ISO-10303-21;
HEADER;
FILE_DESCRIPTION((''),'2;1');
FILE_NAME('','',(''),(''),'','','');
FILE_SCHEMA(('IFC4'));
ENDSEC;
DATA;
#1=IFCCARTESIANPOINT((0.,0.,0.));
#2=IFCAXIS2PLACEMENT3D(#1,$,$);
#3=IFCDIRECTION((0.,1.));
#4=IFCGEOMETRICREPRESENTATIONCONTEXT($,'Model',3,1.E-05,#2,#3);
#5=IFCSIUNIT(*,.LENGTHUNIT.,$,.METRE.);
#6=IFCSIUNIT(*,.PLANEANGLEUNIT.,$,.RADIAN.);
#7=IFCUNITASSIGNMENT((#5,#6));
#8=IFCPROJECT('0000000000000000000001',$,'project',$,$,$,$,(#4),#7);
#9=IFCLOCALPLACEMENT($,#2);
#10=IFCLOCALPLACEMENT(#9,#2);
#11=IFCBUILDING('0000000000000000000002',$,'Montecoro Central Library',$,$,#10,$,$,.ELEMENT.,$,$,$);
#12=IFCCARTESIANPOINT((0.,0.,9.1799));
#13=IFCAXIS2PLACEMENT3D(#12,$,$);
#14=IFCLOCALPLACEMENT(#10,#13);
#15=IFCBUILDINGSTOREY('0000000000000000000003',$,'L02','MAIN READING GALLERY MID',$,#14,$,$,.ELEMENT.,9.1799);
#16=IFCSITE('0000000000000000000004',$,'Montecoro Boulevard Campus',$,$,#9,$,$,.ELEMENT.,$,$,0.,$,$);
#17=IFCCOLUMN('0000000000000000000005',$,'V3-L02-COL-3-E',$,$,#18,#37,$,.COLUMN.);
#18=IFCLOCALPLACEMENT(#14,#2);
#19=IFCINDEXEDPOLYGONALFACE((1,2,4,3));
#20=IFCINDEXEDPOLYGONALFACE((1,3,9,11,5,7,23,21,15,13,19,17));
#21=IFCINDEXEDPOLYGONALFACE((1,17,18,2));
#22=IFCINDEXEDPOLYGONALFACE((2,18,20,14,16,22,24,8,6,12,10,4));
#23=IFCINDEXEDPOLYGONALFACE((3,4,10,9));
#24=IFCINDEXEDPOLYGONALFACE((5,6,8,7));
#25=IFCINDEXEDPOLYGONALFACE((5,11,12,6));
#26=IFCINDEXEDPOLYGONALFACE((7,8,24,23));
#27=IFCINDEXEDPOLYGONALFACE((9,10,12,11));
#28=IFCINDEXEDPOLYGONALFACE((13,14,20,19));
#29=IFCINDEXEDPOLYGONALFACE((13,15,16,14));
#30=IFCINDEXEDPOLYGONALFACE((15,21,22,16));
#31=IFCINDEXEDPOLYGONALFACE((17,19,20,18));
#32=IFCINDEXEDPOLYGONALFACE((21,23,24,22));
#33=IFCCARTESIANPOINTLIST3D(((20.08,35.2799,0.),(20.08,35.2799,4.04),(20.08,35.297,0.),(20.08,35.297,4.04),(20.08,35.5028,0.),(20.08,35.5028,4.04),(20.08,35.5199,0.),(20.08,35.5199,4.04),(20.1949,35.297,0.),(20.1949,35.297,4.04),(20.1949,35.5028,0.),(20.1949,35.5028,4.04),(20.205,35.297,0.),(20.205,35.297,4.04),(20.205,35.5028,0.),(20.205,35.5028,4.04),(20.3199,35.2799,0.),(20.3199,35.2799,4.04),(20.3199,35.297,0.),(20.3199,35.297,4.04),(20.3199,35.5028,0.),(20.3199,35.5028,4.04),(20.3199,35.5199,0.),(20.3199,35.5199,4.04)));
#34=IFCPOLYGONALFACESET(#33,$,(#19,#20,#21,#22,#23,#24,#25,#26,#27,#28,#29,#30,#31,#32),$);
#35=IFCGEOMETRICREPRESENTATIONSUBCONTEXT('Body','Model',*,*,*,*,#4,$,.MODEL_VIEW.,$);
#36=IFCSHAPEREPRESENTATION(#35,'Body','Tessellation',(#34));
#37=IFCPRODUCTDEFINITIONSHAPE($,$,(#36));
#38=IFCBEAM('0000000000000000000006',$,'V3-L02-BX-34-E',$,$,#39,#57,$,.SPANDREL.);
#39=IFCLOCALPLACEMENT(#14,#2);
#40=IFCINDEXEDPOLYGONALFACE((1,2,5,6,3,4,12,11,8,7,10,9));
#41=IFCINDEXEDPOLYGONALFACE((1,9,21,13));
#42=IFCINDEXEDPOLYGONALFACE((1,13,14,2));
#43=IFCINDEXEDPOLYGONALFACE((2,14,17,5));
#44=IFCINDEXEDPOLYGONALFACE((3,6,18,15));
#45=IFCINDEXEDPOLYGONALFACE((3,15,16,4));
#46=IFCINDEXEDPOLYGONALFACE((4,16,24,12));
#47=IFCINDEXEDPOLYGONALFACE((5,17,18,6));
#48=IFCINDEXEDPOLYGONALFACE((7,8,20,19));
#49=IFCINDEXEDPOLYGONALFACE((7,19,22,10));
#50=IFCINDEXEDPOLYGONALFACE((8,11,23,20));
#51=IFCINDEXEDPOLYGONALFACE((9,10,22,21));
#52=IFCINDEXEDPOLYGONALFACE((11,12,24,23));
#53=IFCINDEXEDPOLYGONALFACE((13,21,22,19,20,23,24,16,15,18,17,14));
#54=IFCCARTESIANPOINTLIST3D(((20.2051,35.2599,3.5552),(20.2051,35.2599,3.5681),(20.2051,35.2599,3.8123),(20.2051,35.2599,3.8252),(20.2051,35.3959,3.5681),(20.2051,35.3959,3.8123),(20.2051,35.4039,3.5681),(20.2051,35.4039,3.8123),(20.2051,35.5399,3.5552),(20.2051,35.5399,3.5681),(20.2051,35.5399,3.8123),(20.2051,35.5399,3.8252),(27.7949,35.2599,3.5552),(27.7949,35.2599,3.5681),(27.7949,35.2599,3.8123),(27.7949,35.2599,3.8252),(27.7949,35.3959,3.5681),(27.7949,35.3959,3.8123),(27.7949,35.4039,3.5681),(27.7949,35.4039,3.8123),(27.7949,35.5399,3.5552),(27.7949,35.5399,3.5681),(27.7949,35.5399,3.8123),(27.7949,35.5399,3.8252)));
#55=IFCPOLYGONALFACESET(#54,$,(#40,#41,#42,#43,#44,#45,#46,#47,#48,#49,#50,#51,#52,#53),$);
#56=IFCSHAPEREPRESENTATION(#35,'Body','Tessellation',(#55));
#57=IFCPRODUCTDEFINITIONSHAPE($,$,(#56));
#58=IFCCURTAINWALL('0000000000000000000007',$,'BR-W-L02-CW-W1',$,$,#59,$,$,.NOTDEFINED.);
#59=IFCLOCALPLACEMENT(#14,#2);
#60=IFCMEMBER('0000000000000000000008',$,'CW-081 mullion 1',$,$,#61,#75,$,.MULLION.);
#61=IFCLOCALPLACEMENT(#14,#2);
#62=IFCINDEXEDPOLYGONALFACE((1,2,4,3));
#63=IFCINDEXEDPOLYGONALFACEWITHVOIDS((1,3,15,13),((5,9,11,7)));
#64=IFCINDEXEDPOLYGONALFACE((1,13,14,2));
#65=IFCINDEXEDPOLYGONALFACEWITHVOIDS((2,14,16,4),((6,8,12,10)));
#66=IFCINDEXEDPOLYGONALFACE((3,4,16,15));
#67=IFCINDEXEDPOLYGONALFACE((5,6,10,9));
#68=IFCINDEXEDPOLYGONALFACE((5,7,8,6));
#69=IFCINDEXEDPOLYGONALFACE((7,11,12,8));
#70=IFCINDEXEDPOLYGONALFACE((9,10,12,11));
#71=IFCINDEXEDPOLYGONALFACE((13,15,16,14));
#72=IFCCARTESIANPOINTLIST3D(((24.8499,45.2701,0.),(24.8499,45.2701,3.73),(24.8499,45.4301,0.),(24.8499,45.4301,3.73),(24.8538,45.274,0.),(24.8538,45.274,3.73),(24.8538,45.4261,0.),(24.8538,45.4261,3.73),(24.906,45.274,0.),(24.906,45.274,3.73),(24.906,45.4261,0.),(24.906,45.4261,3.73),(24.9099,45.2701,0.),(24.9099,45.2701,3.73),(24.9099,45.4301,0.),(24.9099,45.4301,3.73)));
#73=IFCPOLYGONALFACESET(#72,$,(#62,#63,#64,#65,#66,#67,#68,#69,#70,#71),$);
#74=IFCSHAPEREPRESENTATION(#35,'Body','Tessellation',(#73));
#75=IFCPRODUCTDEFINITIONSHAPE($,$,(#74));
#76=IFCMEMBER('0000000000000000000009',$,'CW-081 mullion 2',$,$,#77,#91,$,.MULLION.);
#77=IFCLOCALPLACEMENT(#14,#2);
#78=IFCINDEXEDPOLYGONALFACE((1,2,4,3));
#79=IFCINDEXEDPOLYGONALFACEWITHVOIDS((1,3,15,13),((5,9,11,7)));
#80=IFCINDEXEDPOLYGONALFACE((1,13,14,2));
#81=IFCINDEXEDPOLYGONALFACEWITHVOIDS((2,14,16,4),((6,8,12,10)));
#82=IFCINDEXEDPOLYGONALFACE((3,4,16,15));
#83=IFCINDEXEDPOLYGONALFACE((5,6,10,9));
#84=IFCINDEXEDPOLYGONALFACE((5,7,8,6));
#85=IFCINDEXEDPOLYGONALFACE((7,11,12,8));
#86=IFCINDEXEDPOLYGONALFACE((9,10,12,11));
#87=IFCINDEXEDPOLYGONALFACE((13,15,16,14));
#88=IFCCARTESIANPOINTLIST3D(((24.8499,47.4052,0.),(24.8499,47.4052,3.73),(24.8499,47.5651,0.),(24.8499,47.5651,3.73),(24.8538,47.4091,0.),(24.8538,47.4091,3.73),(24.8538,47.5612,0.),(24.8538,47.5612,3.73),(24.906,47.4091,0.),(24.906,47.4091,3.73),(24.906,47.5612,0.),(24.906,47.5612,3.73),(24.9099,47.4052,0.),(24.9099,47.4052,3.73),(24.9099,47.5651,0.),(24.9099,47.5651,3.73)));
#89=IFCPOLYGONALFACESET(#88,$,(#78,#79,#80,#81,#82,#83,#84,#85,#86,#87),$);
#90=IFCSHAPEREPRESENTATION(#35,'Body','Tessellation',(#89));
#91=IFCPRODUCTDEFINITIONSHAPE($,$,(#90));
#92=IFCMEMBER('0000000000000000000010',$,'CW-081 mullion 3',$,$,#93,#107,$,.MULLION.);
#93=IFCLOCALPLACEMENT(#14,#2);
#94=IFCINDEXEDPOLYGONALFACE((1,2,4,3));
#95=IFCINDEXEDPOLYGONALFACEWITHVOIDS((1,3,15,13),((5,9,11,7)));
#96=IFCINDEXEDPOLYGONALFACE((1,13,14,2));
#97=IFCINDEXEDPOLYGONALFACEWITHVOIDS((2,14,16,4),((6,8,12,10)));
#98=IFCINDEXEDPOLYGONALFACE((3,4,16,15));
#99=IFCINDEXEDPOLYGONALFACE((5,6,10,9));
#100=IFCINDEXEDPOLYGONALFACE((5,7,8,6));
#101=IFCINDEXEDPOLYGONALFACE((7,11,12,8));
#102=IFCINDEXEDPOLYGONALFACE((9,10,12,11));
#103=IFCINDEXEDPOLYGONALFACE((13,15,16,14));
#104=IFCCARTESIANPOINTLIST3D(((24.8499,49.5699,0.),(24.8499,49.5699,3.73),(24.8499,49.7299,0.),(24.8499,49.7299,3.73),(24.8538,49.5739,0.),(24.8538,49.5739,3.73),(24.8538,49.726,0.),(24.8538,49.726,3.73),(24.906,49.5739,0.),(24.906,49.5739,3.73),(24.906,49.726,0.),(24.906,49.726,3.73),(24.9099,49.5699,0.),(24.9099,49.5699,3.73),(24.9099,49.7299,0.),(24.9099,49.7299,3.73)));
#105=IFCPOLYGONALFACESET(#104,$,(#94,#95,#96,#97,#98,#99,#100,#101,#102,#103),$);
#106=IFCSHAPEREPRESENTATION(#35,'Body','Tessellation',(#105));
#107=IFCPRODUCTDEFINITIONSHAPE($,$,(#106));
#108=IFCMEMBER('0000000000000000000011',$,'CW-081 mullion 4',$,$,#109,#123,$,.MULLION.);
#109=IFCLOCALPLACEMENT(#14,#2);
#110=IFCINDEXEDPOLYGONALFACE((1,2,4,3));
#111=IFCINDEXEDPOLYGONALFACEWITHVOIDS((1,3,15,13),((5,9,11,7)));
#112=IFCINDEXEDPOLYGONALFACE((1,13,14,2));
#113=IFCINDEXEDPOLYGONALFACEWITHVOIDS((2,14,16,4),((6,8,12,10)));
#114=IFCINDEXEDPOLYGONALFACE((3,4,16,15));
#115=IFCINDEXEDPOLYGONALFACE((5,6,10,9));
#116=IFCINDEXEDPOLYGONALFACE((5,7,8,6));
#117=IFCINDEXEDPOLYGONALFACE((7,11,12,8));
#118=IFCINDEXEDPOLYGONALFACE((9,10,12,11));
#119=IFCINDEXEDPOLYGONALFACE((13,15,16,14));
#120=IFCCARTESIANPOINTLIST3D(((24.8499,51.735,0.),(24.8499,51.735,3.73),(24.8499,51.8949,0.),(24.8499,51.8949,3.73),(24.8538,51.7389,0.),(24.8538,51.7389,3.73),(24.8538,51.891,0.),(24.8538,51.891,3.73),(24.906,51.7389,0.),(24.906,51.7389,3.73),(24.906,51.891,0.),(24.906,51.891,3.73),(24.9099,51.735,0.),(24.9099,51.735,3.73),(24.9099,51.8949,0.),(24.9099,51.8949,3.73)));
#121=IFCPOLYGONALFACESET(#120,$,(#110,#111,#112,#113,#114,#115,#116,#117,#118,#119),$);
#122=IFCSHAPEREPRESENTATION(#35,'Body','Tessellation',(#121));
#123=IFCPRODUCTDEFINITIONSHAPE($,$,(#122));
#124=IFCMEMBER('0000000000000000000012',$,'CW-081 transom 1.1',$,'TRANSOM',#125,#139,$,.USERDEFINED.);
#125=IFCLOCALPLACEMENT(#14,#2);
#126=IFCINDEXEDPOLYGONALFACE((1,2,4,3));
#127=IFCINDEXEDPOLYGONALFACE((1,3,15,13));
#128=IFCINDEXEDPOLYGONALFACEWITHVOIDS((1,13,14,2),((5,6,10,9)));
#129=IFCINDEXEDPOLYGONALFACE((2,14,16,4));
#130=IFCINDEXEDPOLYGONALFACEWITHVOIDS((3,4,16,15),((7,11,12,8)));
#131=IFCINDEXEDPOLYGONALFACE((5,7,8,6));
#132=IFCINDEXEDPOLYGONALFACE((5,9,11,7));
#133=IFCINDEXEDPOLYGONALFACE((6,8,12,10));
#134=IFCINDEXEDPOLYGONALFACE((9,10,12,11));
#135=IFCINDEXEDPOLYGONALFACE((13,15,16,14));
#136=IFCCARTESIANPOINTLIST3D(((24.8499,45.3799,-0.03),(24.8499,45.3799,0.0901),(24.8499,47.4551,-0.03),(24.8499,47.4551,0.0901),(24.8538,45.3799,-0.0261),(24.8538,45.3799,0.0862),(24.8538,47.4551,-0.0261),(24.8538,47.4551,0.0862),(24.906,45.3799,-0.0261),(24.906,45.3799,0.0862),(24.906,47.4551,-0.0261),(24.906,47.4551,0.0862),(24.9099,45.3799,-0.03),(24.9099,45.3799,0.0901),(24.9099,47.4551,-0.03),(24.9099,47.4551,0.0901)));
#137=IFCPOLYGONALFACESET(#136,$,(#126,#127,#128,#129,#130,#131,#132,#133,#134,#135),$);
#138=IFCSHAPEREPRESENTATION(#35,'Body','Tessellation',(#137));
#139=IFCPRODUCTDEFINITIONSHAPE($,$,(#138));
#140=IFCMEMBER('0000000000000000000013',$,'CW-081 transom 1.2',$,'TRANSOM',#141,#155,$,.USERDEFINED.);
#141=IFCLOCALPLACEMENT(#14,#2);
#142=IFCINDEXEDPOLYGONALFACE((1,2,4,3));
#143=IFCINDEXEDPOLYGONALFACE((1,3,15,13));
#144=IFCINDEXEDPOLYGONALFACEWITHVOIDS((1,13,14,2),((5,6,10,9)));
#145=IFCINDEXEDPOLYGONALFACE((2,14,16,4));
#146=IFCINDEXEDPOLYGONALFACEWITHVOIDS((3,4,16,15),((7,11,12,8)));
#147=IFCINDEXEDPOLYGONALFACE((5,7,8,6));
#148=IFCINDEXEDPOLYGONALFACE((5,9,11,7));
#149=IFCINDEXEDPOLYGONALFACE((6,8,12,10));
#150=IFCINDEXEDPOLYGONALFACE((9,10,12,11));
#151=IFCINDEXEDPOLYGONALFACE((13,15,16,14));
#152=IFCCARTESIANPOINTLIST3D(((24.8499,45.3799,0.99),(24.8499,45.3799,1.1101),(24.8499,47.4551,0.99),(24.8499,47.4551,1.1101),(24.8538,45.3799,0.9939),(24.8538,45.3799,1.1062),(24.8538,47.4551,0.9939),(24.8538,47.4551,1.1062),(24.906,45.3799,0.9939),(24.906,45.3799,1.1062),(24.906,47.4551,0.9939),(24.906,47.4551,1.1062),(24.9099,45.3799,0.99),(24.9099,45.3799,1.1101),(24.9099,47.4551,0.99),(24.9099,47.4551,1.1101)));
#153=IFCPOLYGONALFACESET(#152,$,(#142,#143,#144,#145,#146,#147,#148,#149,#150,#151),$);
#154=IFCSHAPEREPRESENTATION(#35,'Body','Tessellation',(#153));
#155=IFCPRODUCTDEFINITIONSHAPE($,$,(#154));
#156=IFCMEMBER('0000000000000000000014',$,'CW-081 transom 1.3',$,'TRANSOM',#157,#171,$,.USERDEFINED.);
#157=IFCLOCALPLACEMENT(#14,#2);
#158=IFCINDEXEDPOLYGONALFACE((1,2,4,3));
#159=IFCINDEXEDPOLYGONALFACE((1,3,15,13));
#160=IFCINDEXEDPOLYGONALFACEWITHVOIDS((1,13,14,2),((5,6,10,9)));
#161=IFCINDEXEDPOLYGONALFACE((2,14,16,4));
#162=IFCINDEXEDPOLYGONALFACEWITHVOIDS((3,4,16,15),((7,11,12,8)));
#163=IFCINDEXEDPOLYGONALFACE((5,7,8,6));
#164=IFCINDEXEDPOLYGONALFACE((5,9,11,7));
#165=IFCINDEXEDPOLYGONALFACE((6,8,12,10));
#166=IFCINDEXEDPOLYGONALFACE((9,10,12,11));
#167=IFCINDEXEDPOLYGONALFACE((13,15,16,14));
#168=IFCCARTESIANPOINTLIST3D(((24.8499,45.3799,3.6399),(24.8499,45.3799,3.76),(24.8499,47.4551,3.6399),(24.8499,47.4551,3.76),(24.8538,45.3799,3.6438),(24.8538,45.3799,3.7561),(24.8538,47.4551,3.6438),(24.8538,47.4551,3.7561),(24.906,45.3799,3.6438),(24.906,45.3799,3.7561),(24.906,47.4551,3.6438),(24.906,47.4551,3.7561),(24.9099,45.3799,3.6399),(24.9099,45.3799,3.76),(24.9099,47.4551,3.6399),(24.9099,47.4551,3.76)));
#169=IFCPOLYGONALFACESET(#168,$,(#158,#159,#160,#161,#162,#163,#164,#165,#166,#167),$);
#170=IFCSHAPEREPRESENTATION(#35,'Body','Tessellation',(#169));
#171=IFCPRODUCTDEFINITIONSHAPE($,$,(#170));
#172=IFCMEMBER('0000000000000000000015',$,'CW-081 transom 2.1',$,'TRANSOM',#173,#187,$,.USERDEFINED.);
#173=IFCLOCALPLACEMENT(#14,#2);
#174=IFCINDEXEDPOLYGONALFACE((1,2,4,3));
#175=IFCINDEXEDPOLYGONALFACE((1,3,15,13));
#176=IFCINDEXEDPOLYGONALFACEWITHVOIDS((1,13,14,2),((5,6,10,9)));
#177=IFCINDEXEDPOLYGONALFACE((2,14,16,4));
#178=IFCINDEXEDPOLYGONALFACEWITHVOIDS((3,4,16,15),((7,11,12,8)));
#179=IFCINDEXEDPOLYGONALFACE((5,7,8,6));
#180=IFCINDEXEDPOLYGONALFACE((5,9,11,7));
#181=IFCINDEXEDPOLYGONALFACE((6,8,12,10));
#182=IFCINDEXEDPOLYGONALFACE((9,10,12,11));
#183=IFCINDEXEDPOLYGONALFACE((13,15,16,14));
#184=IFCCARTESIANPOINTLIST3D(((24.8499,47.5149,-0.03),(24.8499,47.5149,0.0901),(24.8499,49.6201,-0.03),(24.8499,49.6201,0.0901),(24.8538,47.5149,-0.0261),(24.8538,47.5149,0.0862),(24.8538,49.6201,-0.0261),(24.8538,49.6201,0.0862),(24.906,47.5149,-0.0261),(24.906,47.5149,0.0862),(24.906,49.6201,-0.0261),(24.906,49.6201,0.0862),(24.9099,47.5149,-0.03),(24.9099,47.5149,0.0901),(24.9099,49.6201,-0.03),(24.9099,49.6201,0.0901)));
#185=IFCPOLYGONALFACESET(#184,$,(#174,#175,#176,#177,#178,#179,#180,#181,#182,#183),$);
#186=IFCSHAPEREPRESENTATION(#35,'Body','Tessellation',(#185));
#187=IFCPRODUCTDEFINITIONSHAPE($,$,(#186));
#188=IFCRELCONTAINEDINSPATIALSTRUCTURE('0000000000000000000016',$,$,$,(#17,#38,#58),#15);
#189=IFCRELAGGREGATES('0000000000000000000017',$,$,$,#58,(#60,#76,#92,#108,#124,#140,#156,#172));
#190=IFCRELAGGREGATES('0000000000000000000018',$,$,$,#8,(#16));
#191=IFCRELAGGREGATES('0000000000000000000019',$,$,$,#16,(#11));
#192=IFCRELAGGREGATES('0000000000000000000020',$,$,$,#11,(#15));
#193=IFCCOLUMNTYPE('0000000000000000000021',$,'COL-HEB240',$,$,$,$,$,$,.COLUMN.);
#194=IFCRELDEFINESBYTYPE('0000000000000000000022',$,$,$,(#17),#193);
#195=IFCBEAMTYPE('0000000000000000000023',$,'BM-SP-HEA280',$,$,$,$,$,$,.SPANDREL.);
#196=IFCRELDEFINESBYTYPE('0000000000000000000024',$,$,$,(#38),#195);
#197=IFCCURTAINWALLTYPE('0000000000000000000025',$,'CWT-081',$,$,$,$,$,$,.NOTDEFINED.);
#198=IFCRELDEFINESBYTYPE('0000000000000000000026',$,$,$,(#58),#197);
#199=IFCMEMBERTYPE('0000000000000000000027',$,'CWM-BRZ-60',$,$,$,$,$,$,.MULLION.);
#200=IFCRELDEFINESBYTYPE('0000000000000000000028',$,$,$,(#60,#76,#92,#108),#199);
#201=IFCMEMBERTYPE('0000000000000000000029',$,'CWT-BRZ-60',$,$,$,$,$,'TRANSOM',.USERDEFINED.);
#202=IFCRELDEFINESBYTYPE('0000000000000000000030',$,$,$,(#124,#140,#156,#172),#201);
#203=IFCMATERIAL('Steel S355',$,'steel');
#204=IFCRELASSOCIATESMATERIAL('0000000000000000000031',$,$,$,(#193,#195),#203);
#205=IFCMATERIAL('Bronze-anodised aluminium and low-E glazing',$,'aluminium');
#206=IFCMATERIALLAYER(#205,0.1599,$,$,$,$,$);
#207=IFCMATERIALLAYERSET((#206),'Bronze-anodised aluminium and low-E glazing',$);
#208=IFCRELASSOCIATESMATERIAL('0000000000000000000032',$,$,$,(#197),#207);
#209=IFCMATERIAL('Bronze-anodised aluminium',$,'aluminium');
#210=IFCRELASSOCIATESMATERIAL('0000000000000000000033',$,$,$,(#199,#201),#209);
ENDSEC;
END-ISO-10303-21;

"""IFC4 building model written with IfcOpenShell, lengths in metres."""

from ifc_helpers import new_model, si_unit, direction, frame, origin, origin_2d, place, context, subcontext, project, spatial, hollow_rectangle, i_section, extrude, material, layer, layer_set, material_profile, profile_set, type_object, element, aggregate, save


model = new_model("IFC4")

# Units and contexts
model_context = context("Model", 3, precision=1e-05, world=origin(), true_north=direction((0.0, 1.0)))
body_context = subcontext(model_context, "Body", "Model", "MODEL_VIEW")
ifc_project = project(units=[si_unit("LENGTHUNIT", "METRE"), si_unit("PLANEANGLEUNIT", "RADIAN")], contexts=[model_context])

# Site, building, storey
site_placement = place(None, origin())
site = spatial("IfcSite", under=ifc_project, at=site_placement, Name="Montecoro Boulevard Campus", CompositionType="ELEMENT", RefElevation=0.0)
building_placement = place(site_placement, origin())
building = spatial("IfcBuilding", under=site, at=building_placement, Name="Montecoro Central Library", CompositionType="ELEMENT")
storey_placement = place(building_placement, frame((0.0, 0.0, 9.1799)))
storey = spatial("IfcBuildingStorey", under=building, at=storey_placement, Name="L02", Description="MAIN READING GALLERY MID", CompositionType="ELEMENT", Elevation=9.1799)

# Column
ifc_material_1 = material(Name="Steel S355", Category="steel")
ifc_material_profile_1 = material_profile(ifc_material_1, i_section(OverallWidth=0.24, OverallDepth=0.24, WebThickness=0.01, FlangeThickness=0.0171, at=origin_2d()), Name="HEB 240")
ifc_profile_set_1 = profile_set([ifc_material_profile_1], Name="Steel S355")
column_type = type_object("IfcColumnType", Name="COL-HEB240", PredefinedType="COLUMN", material=ifc_profile_set_1)
column_placement = place(storey_placement, frame((20.2, 35.3999, 0.0), z_axis=(0.0, 0.0, 1.0), x_axis=(1.0, 0.0, 0.0)))
element("IfcColumn", 1, at=column_placement, inside=storey, type_object=column_type, Name="V3-L02-COL-3-E", PredefinedType="COLUMN", context=body_context, shape_type="SweptSolid", body=[
    extrude(i_section(OverallWidth=0.24, OverallDepth=0.24, WebThickness=0.01, FlangeThickness=0.0171, at=origin_2d()), origin(), (0.0, 0.0, 1.0), 4.04),
])

# Beam
ifc_material_profile_2 = material_profile(ifc_material_1, i_section(OverallWidth=0.28, OverallDepth=0.27, WebThickness=0.0081, FlangeThickness=0.0129, at=origin_2d()), Name="HEA 280")
ifc_profile_set_2 = profile_set([ifc_material_profile_2], Name="Steel S355")
beam_type = type_object("IfcBeamType", Name="BM-SP-HEA280", PredefinedType="SPANDREL", material=ifc_profile_set_2)
beam_placement = place(storey_placement, frame((20.2051, 35.3999, 3.6902), z_axis=(1.0, 0.0, 0.0), x_axis=(0.0, 1.0, 0.0)))
element("IfcBeam", 2, at=beam_placement, inside=storey, type_object=beam_type, Name="V3-L02-BX-34-E", PredefinedType="SPANDREL", context=body_context, shape_type="SweptSolid", body=[
    extrude(i_section(OverallWidth=0.28, OverallDepth=0.27, WebThickness=0.0081, FlangeThickness=0.0129, at=origin_2d()), origin(), (0.0, 0.0, 1.0), 7.5898),
])

# Curtain wall, members
ifc_material_2 = material(Name="Bronze-anodised aluminium and low-E glazing", Category="aluminium")
ifc_layer_1 = layer(ifc_material_2, 0.1599)
ifc_layer_set_1 = layer_set([ifc_layer_1], Name="Bronze-anodised aluminium and low-E glazing")
curtain_wall_type = type_object("IfcCurtainWallType", Name="CWT-081", PredefinedType="NOTDEFINED", material=ifc_layer_set_1)
curtain_wall_placement = place(storey_placement, origin())
curtain_wall = element("IfcCurtainWall", 3, at=curtain_wall_placement, inside=storey, type_object=curtain_wall_type, Name="BR-W-L02-CW-W1", PredefinedType="NOTDEFINED")
ifc_material_3 = material(Name="Bronze-anodised aluminium", Category="aluminium")
ifc_material_profile_3 = material_profile(ifc_material_3, hollow_rectangle(XDim=0.0601, YDim=0.1599, WallThickness=0.0039, at=origin_2d()), Name="CWM 160x60x4.0")
ifc_profile_set_3 = profile_set([ifc_material_profile_3], Name="Bronze-anodised aluminium")
member_type_1 = type_object("IfcMemberType", Name="CWM-BRZ-60", PredefinedType="MULLION", material=ifc_profile_set_3)
member_1_placement = place(storey_placement, frame((24.8799, 45.3501, 0.0), z_axis=(0.0, 0.0, 1.0), x_axis=(-1.0, 0.0, 0.0)))
member_1 = element("IfcMember", 4, at=member_1_placement, type_object=member_type_1, Name="CW-081 mullion 1", PredefinedType="MULLION", context=body_context, shape_type="SweptSolid", body=[
    extrude(hollow_rectangle(XDim=0.0601, YDim=0.1599, WallThickness=0.0039, at=origin_2d()), origin(), (0.0, 0.0, 1.0), 3.73),
])
member_2_placement = place(storey_placement, frame((24.8799, 47.4851, 0.0), z_axis=(0.0, 0.0, 1.0), x_axis=(-1.0, 0.0, 0.0)))
member_2 = element("IfcMember", 5, at=member_2_placement, type_object=member_type_1, Name="CW-081 mullion 2", PredefinedType="MULLION", context=body_context, shape_type="SweptSolid", body=[
    extrude(hollow_rectangle(XDim=0.0601, YDim=0.1599, WallThickness=0.0039, at=origin_2d()), origin(), (0.0, 0.0, 1.0), 3.73),
])
member_3_placement = place(storey_placement, frame((24.8799, 49.6499, 0.0), z_axis=(0.0, 0.0, 1.0), x_axis=(-1.0, 0.0, 0.0)))
member_3 = element("IfcMember", 6, at=member_3_placement, type_object=member_type_1, Name="CW-081 mullion 3", PredefinedType="MULLION", context=body_context, shape_type="SweptSolid", body=[
    extrude(hollow_rectangle(XDim=0.0601, YDim=0.1599, WallThickness=0.0039, at=origin_2d()), origin(), (0.0, 0.0, 1.0), 3.73),
])
member_4_placement = place(storey_placement, frame((24.8799, 51.8149, 0.0), z_axis=(0.0, 0.0, 1.0), x_axis=(-1.0, 0.0, 0.0)))
member_4 = element("IfcMember", 7, at=member_4_placement, type_object=member_type_1, Name="CW-081 mullion 4", PredefinedType="MULLION", context=body_context, shape_type="SweptSolid", body=[
    extrude(hollow_rectangle(XDim=0.0601, YDim=0.1599, WallThickness=0.0039, at=origin_2d()), origin(), (0.0, 0.0, 1.0), 3.73),
])
ifc_material_profile_4 = material_profile(ifc_material_3, hollow_rectangle(XDim=0.0601, YDim=0.1201, WallThickness=0.0039, at=origin_2d()), Name="CWT 120x60x4.0")
ifc_profile_set_4 = profile_set([ifc_material_profile_4], Name="Bronze-anodised aluminium")
member_type_2 = type_object("IfcMemberType", Name="CWT-BRZ-60", ElementType="TRANSOM", PredefinedType="USERDEFINED", material=ifc_profile_set_4)
member_5_placement = place(storey_placement, frame((24.8799, 45.3799, 0.03), z_axis=(0.0, 1.0, 0.0), x_axis=(-1.0, 0.0, 0.0)))
member_5 = element("IfcMember", 8, at=member_5_placement, type_object=member_type_2, Name="CW-081 transom 1.1", ObjectType="TRANSOM", PredefinedType="USERDEFINED", context=body_context, shape_type="SweptSolid", body=[
    extrude(hollow_rectangle(XDim=0.0601, YDim=0.1201, WallThickness=0.0039, at=origin_2d()), origin(), (0.0, 0.0, 1.0), 2.0752),
])
member_6_placement = place(storey_placement, frame((24.8799, 45.3799, 1.05), z_axis=(0.0, 1.0, 0.0), x_axis=(-1.0, 0.0, 0.0)))
member_6 = element("IfcMember", 9, at=member_6_placement, type_object=member_type_2, Name="CW-081 transom 1.2", ObjectType="TRANSOM", PredefinedType="USERDEFINED", context=body_context, shape_type="SweptSolid", body=[
    extrude(hollow_rectangle(XDim=0.0601, YDim=0.1201, WallThickness=0.0039, at=origin_2d()), origin(), (0.0, 0.0, 1.0), 2.0752),
])
member_7_placement = place(storey_placement, frame((24.8799, 45.3799, 3.7), z_axis=(0.0, 1.0, 0.0), x_axis=(-1.0, 0.0, 0.0)))
member_7 = element("IfcMember", 10, at=member_7_placement, type_object=member_type_2, Name="CW-081 transom 1.3", ObjectType="TRANSOM", PredefinedType="USERDEFINED", context=body_context, shape_type="SweptSolid", body=[
    extrude(hollow_rectangle(XDim=0.0601, YDim=0.1201, WallThickness=0.0039, at=origin_2d()), origin(), (0.0, 0.0, 1.0), 2.0752),
])
member_8_placement = place(storey_placement, frame((24.8799, 47.5149, 0.03), z_axis=(0.0, 1.0, 0.0), x_axis=(-1.0, 0.0, 0.0)))
member_8 = element("IfcMember", 11, at=member_8_placement, type_object=member_type_2, Name="CW-081 transom 2.1", ObjectType="TRANSOM", PredefinedType="USERDEFINED", context=body_context, shape_type="SweptSolid", body=[
    extrude(hollow_rectangle(XDim=0.0601, YDim=0.1201, WallThickness=0.0039, at=origin_2d()), origin(), (0.0, 0.0, 1.0), 2.1052),
])
aggregate(curtain_wall, [member_1, member_2, member_3, member_4, member_5, member_6, member_7, member_8])

save(model, "model.ifc")
